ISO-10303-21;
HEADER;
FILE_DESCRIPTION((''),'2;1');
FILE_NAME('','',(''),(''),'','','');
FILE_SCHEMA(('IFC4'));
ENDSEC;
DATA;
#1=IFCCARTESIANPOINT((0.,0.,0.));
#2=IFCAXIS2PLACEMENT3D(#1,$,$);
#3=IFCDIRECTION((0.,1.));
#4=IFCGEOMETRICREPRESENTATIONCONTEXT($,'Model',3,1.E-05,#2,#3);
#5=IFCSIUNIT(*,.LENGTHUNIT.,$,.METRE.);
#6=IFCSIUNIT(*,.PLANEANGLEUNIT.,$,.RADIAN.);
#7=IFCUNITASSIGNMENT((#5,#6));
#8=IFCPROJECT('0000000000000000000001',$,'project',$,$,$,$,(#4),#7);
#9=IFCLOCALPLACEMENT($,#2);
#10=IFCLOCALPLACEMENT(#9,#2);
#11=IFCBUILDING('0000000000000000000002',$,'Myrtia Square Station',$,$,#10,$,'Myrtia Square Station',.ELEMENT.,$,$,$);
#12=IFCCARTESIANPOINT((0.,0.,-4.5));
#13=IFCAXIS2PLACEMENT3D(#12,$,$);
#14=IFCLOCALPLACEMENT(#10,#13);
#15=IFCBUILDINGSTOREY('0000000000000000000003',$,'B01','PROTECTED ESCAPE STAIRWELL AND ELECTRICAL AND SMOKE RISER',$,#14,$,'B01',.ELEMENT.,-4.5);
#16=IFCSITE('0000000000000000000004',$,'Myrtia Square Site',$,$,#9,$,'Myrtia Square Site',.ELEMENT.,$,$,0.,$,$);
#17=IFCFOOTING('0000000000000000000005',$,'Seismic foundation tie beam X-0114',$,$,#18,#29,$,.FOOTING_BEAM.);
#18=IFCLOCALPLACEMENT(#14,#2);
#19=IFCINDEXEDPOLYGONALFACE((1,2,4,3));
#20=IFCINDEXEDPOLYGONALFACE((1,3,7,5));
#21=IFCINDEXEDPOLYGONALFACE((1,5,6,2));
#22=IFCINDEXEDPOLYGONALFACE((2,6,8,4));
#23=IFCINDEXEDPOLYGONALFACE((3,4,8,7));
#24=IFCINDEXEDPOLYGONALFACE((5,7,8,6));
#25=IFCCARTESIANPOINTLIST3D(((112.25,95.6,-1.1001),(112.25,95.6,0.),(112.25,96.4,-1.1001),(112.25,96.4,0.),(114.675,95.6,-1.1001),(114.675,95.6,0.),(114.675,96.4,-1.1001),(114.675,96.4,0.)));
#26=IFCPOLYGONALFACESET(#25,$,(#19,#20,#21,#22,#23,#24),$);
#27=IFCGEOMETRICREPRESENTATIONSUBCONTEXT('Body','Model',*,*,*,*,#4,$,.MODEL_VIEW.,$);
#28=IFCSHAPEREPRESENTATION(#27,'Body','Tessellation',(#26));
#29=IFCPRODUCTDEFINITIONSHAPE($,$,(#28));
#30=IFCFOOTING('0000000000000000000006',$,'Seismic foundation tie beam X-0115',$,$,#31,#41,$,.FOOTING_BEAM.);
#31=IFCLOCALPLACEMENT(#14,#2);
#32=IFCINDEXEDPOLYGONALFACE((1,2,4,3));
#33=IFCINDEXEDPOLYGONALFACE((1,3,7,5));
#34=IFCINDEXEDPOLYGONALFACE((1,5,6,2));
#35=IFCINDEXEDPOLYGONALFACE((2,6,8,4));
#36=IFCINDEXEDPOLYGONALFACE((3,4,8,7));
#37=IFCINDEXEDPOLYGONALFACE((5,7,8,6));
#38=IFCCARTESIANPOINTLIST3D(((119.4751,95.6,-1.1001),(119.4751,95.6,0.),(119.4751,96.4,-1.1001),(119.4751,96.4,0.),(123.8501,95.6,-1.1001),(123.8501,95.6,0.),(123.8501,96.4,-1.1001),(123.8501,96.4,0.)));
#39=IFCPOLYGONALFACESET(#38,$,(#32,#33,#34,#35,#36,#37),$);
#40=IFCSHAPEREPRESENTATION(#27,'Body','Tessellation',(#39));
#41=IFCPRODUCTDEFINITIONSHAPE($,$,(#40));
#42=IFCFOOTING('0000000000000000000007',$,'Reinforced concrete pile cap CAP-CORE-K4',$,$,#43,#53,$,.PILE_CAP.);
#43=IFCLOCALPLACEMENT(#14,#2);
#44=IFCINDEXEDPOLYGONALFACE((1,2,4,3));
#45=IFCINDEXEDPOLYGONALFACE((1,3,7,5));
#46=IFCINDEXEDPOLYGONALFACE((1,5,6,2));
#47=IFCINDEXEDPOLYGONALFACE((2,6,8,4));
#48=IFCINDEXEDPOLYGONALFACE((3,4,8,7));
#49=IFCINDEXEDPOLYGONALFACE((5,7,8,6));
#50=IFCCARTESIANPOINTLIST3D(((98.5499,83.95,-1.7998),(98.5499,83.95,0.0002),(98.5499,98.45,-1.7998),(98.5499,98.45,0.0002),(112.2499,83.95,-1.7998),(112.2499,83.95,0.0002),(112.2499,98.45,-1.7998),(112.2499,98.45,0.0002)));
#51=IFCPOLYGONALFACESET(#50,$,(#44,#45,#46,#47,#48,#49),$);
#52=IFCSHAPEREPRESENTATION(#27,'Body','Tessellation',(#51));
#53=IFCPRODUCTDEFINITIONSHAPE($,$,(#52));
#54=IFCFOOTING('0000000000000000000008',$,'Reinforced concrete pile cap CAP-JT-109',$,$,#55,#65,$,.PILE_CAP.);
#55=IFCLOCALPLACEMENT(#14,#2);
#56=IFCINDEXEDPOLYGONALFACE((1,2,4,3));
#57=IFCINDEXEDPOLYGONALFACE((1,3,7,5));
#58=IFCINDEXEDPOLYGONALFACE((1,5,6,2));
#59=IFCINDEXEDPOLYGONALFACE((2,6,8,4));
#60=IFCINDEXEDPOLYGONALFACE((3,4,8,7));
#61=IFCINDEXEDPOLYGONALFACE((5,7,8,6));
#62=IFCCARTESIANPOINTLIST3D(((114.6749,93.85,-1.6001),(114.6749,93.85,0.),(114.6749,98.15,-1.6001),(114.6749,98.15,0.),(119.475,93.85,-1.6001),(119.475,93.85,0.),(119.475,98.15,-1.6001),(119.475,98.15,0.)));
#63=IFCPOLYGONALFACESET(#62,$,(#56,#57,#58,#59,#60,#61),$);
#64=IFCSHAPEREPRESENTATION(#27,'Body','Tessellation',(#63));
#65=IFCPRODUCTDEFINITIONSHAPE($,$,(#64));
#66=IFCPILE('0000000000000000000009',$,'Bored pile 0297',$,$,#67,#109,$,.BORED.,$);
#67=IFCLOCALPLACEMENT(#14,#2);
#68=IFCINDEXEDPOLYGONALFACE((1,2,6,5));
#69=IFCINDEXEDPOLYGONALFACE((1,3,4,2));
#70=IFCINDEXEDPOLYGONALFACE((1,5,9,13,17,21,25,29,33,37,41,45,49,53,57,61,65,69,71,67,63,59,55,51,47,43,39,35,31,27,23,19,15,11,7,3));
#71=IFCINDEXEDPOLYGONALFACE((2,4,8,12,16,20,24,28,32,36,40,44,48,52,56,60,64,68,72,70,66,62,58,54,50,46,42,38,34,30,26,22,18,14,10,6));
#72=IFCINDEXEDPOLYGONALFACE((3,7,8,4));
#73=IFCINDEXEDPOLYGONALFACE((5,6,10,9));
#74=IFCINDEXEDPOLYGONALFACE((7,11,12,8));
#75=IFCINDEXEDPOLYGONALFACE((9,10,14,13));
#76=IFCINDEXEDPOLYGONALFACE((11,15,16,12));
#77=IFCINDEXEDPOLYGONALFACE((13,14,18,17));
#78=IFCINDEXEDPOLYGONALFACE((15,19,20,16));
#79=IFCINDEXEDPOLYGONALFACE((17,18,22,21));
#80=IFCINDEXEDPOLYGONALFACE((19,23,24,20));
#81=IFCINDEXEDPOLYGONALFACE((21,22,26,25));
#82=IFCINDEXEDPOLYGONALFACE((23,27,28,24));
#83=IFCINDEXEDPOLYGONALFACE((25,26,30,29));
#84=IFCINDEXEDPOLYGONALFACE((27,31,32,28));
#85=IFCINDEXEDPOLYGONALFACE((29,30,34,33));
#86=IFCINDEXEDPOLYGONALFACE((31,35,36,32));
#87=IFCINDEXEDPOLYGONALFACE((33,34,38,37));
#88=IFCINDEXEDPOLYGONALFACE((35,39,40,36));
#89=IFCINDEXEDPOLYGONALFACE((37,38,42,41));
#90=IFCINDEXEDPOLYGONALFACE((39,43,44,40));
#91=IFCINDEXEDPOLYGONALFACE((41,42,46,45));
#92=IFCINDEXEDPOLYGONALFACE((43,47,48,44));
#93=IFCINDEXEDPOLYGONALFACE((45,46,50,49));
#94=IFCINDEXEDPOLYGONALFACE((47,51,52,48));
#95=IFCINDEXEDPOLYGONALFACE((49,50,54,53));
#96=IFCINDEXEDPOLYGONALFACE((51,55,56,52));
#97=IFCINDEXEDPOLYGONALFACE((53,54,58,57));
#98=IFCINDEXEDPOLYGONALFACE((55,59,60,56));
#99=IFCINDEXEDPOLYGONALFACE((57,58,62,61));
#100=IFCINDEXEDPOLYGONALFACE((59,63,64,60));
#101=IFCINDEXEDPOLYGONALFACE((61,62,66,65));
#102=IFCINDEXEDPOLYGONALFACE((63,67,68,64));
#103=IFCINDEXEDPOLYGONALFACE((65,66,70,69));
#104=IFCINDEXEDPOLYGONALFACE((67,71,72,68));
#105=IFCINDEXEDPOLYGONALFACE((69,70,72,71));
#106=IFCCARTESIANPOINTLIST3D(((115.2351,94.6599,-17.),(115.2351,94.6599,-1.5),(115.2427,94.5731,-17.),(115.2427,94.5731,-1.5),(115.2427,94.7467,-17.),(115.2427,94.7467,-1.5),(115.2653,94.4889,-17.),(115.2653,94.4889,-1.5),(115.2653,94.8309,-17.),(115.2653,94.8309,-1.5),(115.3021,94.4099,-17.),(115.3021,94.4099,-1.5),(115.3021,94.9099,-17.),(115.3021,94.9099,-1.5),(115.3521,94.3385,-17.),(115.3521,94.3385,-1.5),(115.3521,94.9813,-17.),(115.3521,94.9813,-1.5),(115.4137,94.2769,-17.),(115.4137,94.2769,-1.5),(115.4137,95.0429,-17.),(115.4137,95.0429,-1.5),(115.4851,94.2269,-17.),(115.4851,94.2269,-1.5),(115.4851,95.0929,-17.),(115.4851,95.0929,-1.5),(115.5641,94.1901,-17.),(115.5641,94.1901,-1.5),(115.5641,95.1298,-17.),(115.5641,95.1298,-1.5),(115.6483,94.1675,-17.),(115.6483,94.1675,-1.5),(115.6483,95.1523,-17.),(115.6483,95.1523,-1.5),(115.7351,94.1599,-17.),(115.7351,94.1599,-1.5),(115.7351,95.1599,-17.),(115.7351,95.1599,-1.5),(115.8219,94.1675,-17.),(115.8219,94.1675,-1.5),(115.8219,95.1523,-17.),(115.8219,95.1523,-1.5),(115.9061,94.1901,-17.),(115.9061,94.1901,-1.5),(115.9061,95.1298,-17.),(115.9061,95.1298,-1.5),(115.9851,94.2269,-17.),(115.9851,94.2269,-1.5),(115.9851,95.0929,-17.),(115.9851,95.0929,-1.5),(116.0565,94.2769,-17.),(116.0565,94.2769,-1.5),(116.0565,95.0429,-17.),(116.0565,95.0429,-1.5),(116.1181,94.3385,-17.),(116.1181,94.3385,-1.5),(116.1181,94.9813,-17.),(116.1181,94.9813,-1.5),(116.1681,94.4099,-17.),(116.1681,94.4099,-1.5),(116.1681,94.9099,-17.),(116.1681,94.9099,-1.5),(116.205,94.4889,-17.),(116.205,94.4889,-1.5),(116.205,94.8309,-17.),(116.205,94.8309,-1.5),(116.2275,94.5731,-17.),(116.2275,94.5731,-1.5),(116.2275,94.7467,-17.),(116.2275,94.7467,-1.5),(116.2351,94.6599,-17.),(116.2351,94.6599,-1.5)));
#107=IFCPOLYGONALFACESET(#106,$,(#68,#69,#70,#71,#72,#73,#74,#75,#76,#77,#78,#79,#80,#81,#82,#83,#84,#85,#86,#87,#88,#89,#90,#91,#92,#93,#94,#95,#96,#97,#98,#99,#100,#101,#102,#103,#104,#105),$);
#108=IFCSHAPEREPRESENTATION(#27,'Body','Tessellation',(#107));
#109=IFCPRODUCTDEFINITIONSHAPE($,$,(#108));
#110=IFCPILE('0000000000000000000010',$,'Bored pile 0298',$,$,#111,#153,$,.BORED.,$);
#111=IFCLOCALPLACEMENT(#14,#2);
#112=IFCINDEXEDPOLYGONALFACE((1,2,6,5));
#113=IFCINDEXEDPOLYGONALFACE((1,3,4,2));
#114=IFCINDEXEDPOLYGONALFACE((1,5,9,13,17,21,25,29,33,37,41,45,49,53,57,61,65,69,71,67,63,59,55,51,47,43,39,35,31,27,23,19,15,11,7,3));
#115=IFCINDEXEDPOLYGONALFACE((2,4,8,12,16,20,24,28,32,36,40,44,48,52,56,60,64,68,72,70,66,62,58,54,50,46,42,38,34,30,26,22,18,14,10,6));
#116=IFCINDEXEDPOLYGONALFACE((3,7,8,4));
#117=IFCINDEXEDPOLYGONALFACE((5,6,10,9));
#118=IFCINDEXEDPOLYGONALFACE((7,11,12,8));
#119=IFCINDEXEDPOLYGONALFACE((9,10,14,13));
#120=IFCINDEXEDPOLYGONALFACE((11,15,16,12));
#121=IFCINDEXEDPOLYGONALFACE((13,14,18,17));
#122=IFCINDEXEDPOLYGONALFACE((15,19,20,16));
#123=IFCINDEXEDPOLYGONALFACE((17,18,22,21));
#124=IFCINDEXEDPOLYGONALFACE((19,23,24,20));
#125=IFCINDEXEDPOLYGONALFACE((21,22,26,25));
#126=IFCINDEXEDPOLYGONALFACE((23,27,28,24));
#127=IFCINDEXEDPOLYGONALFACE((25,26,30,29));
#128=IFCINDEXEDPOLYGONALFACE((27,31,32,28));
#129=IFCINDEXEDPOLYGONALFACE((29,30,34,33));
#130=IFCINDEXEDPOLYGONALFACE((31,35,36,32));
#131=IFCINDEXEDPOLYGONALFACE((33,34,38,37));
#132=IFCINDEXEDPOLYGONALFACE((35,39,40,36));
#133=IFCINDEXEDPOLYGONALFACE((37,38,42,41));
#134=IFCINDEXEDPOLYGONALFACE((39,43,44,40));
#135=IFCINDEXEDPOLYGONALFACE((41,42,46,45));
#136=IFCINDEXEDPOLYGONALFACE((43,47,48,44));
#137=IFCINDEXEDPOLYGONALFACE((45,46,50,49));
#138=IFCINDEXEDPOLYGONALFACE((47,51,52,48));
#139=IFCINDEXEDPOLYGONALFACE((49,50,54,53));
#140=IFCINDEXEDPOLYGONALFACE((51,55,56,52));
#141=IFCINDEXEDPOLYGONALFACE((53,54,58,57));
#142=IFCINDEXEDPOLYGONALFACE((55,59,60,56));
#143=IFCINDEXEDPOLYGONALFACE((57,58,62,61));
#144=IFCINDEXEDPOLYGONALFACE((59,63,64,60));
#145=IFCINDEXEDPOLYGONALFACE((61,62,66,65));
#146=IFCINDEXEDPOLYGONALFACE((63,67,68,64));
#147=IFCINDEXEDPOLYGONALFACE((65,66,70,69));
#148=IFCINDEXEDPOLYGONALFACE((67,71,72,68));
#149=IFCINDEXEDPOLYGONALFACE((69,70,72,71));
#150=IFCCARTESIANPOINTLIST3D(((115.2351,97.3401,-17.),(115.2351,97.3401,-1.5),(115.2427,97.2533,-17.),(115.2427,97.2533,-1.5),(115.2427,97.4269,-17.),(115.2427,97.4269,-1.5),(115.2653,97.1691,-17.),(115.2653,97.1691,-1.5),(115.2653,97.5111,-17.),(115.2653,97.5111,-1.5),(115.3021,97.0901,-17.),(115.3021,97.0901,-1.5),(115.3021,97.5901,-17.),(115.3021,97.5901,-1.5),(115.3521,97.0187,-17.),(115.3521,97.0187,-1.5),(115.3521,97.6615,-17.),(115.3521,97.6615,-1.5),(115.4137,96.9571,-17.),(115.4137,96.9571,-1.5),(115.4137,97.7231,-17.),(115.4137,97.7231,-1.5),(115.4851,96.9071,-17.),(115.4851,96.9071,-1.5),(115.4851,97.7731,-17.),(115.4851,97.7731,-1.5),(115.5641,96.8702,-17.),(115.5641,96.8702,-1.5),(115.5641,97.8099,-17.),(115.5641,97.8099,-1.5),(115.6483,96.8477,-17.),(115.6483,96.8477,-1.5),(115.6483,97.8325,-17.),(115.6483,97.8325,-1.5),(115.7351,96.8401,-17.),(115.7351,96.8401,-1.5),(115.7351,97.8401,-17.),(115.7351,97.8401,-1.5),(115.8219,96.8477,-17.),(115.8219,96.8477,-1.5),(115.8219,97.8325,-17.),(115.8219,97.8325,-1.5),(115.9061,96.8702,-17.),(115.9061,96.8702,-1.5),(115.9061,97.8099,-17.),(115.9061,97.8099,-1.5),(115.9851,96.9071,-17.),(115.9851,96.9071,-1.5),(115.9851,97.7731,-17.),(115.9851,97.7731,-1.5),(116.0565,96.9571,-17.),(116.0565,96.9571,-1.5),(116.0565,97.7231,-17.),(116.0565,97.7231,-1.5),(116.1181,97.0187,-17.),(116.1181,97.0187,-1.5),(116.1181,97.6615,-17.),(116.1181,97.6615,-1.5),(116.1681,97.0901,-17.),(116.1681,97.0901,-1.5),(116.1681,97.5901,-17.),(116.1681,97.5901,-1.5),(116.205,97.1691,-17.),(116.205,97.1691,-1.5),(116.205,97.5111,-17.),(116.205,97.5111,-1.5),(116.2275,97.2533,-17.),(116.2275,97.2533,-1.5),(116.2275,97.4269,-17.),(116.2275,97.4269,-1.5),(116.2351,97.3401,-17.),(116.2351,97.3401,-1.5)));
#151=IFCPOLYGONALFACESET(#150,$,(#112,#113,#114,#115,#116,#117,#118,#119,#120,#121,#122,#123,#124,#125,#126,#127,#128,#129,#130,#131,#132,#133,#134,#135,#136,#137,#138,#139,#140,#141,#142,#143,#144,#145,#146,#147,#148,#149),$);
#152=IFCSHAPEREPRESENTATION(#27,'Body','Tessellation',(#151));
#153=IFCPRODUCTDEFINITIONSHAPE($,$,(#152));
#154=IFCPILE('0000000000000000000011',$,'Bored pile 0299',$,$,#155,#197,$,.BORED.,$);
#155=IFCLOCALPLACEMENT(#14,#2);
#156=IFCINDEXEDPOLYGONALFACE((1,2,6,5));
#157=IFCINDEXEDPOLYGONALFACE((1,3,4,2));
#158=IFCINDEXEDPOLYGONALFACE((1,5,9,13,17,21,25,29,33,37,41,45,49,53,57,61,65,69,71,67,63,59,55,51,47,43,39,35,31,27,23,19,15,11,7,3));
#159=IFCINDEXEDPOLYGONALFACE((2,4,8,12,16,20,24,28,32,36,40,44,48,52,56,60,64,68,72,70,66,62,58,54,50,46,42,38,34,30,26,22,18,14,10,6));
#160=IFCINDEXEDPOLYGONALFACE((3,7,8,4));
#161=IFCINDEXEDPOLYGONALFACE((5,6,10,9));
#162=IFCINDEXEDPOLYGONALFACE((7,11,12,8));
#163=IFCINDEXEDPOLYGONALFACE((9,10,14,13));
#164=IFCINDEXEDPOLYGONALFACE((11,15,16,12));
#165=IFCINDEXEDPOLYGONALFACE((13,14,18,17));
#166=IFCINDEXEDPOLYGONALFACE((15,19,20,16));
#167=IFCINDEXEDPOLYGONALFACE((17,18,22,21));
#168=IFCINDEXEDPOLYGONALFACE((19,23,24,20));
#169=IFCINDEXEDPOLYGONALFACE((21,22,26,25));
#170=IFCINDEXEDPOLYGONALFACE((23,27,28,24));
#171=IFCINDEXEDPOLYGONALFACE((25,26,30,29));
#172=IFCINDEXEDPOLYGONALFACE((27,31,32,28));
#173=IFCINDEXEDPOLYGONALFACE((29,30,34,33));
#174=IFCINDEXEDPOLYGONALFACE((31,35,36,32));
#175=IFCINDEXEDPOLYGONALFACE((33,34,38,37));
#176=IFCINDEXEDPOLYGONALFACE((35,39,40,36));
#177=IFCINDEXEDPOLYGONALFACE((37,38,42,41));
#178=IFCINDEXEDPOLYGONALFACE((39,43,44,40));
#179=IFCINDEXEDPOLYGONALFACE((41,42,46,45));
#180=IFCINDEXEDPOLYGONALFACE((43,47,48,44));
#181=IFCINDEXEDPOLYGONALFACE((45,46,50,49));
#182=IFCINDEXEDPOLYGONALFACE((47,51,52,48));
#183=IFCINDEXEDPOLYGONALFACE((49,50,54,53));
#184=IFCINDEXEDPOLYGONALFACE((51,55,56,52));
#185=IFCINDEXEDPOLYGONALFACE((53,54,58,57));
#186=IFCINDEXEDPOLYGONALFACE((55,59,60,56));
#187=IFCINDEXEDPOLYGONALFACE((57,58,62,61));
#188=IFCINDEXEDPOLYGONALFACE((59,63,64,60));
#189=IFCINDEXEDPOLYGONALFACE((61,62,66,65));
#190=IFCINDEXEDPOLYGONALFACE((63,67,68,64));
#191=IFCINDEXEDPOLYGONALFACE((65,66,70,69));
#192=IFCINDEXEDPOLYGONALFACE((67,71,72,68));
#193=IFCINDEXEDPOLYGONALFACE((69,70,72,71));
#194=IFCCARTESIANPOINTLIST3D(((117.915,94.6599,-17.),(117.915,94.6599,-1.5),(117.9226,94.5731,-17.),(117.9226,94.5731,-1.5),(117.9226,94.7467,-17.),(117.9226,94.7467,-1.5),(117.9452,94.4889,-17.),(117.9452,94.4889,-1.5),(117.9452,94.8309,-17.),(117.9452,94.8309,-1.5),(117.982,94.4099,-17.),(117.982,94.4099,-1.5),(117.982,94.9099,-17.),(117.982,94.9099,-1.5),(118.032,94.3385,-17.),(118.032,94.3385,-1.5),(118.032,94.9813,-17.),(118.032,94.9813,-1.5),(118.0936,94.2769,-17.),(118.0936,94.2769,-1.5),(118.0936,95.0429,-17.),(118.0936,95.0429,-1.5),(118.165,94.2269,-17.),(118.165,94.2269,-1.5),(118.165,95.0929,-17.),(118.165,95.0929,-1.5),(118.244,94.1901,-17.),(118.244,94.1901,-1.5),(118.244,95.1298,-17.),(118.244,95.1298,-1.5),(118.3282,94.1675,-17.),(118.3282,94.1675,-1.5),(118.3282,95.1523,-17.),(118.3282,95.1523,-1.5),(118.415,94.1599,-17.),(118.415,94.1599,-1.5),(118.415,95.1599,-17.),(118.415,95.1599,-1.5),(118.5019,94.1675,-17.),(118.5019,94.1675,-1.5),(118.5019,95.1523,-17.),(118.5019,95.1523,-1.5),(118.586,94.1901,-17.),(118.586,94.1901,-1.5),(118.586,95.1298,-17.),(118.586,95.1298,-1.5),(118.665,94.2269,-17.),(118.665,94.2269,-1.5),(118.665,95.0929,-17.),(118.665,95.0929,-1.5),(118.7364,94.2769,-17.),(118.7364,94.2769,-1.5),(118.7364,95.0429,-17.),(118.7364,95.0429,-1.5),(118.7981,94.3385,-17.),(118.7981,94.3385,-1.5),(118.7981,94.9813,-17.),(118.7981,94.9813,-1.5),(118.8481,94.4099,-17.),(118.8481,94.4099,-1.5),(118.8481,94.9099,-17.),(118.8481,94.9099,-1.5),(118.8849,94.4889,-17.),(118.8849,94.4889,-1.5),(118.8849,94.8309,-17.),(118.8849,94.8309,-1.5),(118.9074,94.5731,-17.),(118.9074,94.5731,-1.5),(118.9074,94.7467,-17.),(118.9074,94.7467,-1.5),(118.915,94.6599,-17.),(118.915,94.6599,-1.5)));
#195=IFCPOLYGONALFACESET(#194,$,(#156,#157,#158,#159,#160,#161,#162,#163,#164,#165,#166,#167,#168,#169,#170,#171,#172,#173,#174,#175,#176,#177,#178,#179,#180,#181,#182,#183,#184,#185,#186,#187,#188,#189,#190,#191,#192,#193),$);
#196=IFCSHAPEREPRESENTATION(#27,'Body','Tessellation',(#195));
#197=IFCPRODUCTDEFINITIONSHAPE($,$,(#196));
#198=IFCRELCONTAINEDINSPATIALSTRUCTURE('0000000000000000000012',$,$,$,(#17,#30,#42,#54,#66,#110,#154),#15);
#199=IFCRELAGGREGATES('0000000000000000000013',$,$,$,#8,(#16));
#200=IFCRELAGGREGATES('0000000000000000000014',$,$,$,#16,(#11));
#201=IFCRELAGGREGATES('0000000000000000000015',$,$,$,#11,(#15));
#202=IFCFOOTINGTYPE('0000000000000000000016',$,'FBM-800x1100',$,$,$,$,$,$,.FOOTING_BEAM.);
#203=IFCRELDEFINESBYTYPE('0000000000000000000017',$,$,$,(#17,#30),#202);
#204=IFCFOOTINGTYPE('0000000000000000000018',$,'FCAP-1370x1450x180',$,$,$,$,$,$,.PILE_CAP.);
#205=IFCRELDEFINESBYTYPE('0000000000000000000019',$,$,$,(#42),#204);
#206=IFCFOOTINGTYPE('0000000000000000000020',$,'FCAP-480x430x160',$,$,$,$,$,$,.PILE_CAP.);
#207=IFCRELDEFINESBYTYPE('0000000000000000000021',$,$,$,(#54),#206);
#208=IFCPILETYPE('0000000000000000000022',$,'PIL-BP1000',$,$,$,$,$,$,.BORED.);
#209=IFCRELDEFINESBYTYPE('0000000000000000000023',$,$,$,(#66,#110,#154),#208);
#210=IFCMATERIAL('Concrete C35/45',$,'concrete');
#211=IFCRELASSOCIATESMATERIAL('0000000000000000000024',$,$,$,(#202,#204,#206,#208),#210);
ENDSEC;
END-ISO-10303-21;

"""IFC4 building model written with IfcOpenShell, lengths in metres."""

from ifc_helpers import new_model, si_unit, direction, frame, origin, origin_2d, place, context, subcontext, project, spatial, rectangle, circle, extrude, material, material_profile, profile_set, type_object, element, save


model = new_model("IFC4")

# Units and contexts
model_context = context("Model", 3, precision=1e-05, world=origin(), true_north=direction((0.0, 1.0)))
body_context = subcontext(model_context, "Body", "Model", "MODEL_VIEW")
ifc_project = project(units=[si_unit("LENGTHUNIT", "METRE"), si_unit("PLANEANGLEUNIT", "RADIAN")], contexts=[model_context])

# Site, building, storey
site_placement = place(None, origin())
site = spatial("IfcSite", under=ifc_project, at=site_placement, Name="Myrtia Square Site", LongName="Myrtia Square Site", CompositionType="ELEMENT", RefElevation=0.0)
building_placement = place(site_placement, origin())
building = spatial("IfcBuilding", under=site, at=building_placement, Name="Myrtia Square Station", LongName="Myrtia Square Station", CompositionType="ELEMENT")
storey_placement = place(building_placement, frame((0.0, 0.0, -4.5)))
storey = spatial("IfcBuildingStorey", under=building, at=storey_placement, Name="B01", Description="PROTECTED ESCAPE STAIRWELL AND ELECTRICAL AND SMOKE RISER", LongName="B01", CompositionType="ELEMENT", Elevation=-4.5)

# Footings
ifc_material_1 = material(Name="Concrete C35/45", Category="concrete")
ifc_material_profile_1 = material_profile(ifc_material_1, rectangle(XDim=0.8, YDim=1.1001, at=origin_2d()), Name="FB 800x1100")
ifc_profile_set_1 = profile_set([ifc_material_profile_1], Name="Concrete C35/45")
footing_type_1 = type_object("IfcFootingType", Name="FBM-800x1100", PredefinedType="FOOTING_BEAM", material=ifc_profile_set_1)
footing_1_placement = place(storey_placement, frame((112.25, 96.0, -0.55), z_axis=(1.0, 0.0, 0.0), x_axis=(0.0, 1.0, 0.0)))
element("IfcFooting", 1, at=footing_1_placement, inside=storey, type_object=footing_type_1, Name="Seismic foundation tie beam X-0114", PredefinedType="FOOTING_BEAM", context=body_context, shape_type="SweptSolid", body=[
    extrude(rectangle(XDim=0.8, YDim=1.1001, at=origin_2d()), origin(), (0.0, 0.0, 1.0), 2.425),
])
footing_2_placement = place(storey_placement, frame((119.4751, 96.0, -0.55), z_axis=(1.0, 0.0, 0.0), x_axis=(0.0, 1.0, 0.0)))
element("IfcFooting", 2, at=footing_2_placement, inside=storey, type_object=footing_type_1, Name="Seismic foundation tie beam X-0115", PredefinedType="FOOTING_BEAM", context=body_context, shape_type="SweptSolid", body=[
    extrude(rectangle(XDim=0.8, YDim=1.1001, at=origin_2d()), origin(), (0.0, 0.0, 1.0), 4.375),
])
footing_type_2 = type_object("IfcFootingType", Name="FCAP-1370x1450x180", PredefinedType="PILE_CAP", material=ifc_material_1)
footing_3_placement = place(storey_placement, frame((105.3999, 91.2, -1.7998), z_axis=(0.0, 0.0, 1.0), x_axis=(1.0, 0.0, 0.0)))
element("IfcFooting", 3, at=footing_3_placement, inside=storey, type_object=footing_type_2, Name="Reinforced concrete pile cap CAP-CORE-K4", PredefinedType="PILE_CAP", context=body_context, shape_type="SweptSolid", body=[
    extrude(rectangle(XDim=13.7, YDim=14.5, at=origin_2d()), origin(), (0.0, 0.0, 1.0), 1.8),
])
footing_type_3 = type_object("IfcFootingType", Name="FCAP-480x430x160", PredefinedType="PILE_CAP", material=ifc_material_1)
footing_4_placement = place(storey_placement, frame((117.075, 96.0, -1.6001), z_axis=(0.0, 0.0, 1.0), x_axis=(1.0, 0.0, 0.0)))
element("IfcFooting", 4, at=footing_4_placement, inside=storey, type_object=footing_type_3, Name="Reinforced concrete pile cap CAP-JT-109", PredefinedType="PILE_CAP", context=body_context, shape_type="SweptSolid", body=[
    extrude(rectangle(XDim=4.8, YDim=4.3, at=origin_2d()), origin(), (0.0, 0.0, 1.0), 1.6001),
])

# Piles
ifc_material_profile_2 = material_profile(ifc_material_1, circle(Radius=0.5, at=origin_2d()), Name="BP D1000")
ifc_profile_set_2 = profile_set([ifc_material_profile_2], Name="Concrete C35/45")
pile_type_1 = type_object("IfcPileType", Name="PIL-BP1000", PredefinedType="BORED", material=ifc_profile_set_2)
for number, where, z_axis, x_axis, name in (
    (5, (115.7351, 94.6599, -1.5), (0.0, 0.0, -1.0), (1.0, 0.0, 0.0), "Bored pile 0297"),
    (6, (115.7351, 97.3401, -1.5), (0.0, 0.0, -1.0), (1.0, 0.0, 0.0), "Bored pile 0298"),
    (7, (118.415, 94.6599, -1.5), (0.0, 0.0, -1.0), (1.0, 0.0, 0.0), "Bored pile 0299"),
):
    element("IfcPile", number, at=place(storey_placement, frame(where, z_axis=z_axis, x_axis=x_axis)), inside=storey, type_object=pile_type_1, Name=name, PredefinedType="BORED", context=body_context, shape_type="SweptSolid", body=[
        extrude(circle(Radius=0.5, at=origin_2d()), origin(), (0.0, 0.0, 1.0), 15.5),
    ])

save(model, "model.ifc")
